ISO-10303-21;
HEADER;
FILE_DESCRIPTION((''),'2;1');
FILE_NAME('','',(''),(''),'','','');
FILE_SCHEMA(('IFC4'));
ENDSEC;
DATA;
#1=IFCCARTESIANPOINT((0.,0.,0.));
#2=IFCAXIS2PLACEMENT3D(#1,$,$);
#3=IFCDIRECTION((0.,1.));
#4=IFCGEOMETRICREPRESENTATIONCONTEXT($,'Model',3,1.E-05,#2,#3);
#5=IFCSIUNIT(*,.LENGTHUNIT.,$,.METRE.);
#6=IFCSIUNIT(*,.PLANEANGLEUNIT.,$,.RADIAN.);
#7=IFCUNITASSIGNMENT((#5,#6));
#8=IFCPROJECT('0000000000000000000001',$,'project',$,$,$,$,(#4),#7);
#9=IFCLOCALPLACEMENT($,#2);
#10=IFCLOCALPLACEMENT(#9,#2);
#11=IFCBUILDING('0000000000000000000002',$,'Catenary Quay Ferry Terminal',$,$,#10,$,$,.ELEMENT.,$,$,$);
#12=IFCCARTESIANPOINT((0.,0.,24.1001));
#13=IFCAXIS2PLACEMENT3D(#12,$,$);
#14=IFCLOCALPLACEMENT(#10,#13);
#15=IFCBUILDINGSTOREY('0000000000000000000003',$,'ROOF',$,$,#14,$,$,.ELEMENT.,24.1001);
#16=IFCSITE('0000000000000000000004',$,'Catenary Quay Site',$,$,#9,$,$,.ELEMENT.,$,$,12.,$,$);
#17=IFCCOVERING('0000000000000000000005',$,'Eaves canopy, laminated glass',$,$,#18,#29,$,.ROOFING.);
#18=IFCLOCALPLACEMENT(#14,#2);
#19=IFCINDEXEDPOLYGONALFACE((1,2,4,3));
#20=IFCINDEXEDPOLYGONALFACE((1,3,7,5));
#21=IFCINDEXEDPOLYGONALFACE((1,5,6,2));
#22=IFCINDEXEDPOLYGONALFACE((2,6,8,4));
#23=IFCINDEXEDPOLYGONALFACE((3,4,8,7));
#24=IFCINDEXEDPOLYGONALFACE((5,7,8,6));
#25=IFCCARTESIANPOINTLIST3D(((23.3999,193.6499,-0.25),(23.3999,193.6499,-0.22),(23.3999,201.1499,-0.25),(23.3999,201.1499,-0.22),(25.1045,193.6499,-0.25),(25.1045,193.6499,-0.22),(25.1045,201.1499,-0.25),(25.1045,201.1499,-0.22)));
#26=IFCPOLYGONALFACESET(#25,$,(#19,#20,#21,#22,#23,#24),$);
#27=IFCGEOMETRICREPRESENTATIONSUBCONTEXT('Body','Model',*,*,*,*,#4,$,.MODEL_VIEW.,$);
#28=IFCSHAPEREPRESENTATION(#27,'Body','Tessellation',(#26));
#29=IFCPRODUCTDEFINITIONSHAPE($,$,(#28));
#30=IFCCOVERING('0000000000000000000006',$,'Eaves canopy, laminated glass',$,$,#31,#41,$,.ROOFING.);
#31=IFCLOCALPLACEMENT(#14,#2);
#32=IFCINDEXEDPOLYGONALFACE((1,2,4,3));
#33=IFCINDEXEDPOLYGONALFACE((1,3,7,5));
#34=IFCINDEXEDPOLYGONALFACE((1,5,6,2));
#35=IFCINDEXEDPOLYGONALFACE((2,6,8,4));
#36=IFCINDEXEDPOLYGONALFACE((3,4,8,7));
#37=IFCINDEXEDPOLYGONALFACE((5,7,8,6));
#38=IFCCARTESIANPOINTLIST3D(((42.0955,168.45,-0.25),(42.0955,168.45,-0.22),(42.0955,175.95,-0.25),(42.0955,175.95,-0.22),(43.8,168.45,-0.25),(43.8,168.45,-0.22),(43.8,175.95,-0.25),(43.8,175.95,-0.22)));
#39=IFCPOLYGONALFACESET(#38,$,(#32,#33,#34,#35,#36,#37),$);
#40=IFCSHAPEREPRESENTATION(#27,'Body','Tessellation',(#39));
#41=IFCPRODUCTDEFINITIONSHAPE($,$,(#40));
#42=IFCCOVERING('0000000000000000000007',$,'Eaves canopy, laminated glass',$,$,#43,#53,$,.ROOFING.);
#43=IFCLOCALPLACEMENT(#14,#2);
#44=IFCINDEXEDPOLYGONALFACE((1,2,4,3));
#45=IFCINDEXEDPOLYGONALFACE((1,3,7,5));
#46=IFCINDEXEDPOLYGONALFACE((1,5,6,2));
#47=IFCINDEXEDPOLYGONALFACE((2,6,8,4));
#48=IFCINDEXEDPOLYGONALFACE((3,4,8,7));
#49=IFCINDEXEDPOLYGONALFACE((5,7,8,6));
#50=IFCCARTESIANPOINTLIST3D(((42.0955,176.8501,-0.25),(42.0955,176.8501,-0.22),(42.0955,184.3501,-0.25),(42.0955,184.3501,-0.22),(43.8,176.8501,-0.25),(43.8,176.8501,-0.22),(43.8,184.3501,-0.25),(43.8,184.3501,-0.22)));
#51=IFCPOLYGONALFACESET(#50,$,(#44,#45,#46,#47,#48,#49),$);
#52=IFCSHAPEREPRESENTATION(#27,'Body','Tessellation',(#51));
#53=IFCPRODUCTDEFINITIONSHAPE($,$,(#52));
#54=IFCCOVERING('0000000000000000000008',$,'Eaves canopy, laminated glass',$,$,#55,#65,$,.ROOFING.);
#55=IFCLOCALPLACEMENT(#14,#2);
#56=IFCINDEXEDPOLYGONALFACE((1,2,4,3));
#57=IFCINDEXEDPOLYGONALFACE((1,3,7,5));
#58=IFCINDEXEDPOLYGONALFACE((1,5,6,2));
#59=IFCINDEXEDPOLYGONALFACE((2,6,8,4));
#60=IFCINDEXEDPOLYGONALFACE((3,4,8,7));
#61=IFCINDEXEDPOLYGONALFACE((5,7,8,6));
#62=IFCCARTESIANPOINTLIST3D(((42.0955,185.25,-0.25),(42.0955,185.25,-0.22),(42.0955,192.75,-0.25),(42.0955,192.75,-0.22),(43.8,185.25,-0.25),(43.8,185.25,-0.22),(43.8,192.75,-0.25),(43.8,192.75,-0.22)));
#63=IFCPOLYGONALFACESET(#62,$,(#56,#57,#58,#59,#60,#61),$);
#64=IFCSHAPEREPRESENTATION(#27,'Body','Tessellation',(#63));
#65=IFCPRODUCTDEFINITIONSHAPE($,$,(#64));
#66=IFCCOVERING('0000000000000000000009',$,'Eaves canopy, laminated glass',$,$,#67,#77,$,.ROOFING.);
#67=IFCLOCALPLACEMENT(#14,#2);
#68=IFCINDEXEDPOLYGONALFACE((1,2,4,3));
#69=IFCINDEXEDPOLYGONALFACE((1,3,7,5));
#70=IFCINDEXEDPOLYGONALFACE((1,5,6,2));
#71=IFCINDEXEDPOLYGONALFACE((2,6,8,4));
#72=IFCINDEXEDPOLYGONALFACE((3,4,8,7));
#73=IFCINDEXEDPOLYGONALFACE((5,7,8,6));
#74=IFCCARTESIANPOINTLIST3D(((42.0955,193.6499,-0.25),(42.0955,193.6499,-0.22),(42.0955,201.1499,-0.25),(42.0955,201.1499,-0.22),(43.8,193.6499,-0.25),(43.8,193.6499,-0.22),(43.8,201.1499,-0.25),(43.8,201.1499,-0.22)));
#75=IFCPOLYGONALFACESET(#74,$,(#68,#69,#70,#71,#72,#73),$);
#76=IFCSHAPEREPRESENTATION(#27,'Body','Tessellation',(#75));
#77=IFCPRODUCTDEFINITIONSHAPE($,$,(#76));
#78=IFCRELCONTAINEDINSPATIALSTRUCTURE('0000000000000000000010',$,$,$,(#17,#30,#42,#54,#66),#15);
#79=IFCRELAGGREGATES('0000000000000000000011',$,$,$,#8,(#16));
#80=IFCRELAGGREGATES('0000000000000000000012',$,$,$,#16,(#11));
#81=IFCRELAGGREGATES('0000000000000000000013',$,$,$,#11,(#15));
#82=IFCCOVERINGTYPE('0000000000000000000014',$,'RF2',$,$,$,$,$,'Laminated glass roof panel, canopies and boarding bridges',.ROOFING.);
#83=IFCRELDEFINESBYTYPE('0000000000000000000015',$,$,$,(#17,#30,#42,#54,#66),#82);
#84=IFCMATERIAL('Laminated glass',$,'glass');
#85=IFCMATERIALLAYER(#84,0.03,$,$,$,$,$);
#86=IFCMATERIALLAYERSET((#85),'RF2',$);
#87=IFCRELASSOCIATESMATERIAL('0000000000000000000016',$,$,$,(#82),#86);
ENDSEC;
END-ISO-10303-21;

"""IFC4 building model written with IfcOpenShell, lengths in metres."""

from ifc_helpers import new_model, si_unit, direction, frame, origin, origin_2d, place, context, subcontext, project, spatial, rectangle, extrude, material, layer, layer_set, type_object, element, save


model = new_model("IFC4")

# Units and contexts
model_context = context("Model", 3, precision=1e-05, world=origin(), true_north=direction((0.0, 1.0)))
body_context = subcontext(model_context, "Body", "Model", "MODEL_VIEW")
ifc_project = project(units=[si_unit("LENGTHUNIT", "METRE"), si_unit("PLANEANGLEUNIT", "RADIAN")], contexts=[model_context])

# Site, building, storey
site_placement = place(None, origin())
site = spatial("IfcSite", under=ifc_project, at=site_placement, Name="Catenary Quay Site", CompositionType="ELEMENT", RefElevation=12.0)
building_placement = place(site_placement, origin())
building = spatial("IfcBuilding", under=site, at=building_placement, Name="Catenary Quay Ferry Terminal", CompositionType="ELEMENT")
storey_placement = place(building_placement, frame((0.0, 0.0, 24.1001)))
storey = spatial("IfcBuildingStorey", under=building, at=storey_placement, Name="ROOF", CompositionType="ELEMENT", Elevation=24.1001)

# Coverings
ifc_material_1 = material(Name="Laminated glass", Category="glass")
ifc_layer_1 = layer(ifc_material_1, 0.03)
ifc_layer_set_1 = layer_set([ifc_layer_1], Name="RF2")
covering_type = type_object("IfcCoveringType", Name="RF2", ElementType="Laminated glass roof panel, canopies and boarding bridges", PredefinedType="ROOFING", material=ifc_layer_set_1)
for number, where, z_axis, x_axis, name in (
    (1, (24.2522, 197.3999, -0.25), (0.0, 0.0, 1.0), (1.0, 0.0, 0.0), "Eaves canopy, laminated glass"),
    (2, (42.9478, 172.2, -0.25), (0.0, 0.0, 1.0), (1.0, 0.0, 0.0), "Eaves canopy, laminated glass"),
    (3, (42.9478, 180.6001, -0.25), (0.0, 0.0, 1.0), (1.0, 0.0, 0.0), "Eaves canopy, laminated glass"),
    (4, (42.9478, 189.0, -0.25), (0.0, 0.0, 1.0), (1.0, 0.0, 0.0), "Eaves canopy, laminated glass"),
    (5, (42.9478, 197.3999, -0.25), (0.0, 0.0, 1.0), (1.0, 0.0, 0.0), "Eaves canopy, laminated glass"),
):
    element("IfcCovering", number, at=place(storey_placement, frame(where, z_axis=z_axis, x_axis=x_axis)), inside=storey, type_object=covering_type, Name=name, PredefinedType="ROOFING", context=body_context, shape_type="SweptSolid", body=[
        extrude(rectangle(XDim=1.7046, YDim=7.5, at=origin_2d()), origin(), (0.0, 0.0, 1.0), 0.03),
    ])

save(model, "model.ifc")
